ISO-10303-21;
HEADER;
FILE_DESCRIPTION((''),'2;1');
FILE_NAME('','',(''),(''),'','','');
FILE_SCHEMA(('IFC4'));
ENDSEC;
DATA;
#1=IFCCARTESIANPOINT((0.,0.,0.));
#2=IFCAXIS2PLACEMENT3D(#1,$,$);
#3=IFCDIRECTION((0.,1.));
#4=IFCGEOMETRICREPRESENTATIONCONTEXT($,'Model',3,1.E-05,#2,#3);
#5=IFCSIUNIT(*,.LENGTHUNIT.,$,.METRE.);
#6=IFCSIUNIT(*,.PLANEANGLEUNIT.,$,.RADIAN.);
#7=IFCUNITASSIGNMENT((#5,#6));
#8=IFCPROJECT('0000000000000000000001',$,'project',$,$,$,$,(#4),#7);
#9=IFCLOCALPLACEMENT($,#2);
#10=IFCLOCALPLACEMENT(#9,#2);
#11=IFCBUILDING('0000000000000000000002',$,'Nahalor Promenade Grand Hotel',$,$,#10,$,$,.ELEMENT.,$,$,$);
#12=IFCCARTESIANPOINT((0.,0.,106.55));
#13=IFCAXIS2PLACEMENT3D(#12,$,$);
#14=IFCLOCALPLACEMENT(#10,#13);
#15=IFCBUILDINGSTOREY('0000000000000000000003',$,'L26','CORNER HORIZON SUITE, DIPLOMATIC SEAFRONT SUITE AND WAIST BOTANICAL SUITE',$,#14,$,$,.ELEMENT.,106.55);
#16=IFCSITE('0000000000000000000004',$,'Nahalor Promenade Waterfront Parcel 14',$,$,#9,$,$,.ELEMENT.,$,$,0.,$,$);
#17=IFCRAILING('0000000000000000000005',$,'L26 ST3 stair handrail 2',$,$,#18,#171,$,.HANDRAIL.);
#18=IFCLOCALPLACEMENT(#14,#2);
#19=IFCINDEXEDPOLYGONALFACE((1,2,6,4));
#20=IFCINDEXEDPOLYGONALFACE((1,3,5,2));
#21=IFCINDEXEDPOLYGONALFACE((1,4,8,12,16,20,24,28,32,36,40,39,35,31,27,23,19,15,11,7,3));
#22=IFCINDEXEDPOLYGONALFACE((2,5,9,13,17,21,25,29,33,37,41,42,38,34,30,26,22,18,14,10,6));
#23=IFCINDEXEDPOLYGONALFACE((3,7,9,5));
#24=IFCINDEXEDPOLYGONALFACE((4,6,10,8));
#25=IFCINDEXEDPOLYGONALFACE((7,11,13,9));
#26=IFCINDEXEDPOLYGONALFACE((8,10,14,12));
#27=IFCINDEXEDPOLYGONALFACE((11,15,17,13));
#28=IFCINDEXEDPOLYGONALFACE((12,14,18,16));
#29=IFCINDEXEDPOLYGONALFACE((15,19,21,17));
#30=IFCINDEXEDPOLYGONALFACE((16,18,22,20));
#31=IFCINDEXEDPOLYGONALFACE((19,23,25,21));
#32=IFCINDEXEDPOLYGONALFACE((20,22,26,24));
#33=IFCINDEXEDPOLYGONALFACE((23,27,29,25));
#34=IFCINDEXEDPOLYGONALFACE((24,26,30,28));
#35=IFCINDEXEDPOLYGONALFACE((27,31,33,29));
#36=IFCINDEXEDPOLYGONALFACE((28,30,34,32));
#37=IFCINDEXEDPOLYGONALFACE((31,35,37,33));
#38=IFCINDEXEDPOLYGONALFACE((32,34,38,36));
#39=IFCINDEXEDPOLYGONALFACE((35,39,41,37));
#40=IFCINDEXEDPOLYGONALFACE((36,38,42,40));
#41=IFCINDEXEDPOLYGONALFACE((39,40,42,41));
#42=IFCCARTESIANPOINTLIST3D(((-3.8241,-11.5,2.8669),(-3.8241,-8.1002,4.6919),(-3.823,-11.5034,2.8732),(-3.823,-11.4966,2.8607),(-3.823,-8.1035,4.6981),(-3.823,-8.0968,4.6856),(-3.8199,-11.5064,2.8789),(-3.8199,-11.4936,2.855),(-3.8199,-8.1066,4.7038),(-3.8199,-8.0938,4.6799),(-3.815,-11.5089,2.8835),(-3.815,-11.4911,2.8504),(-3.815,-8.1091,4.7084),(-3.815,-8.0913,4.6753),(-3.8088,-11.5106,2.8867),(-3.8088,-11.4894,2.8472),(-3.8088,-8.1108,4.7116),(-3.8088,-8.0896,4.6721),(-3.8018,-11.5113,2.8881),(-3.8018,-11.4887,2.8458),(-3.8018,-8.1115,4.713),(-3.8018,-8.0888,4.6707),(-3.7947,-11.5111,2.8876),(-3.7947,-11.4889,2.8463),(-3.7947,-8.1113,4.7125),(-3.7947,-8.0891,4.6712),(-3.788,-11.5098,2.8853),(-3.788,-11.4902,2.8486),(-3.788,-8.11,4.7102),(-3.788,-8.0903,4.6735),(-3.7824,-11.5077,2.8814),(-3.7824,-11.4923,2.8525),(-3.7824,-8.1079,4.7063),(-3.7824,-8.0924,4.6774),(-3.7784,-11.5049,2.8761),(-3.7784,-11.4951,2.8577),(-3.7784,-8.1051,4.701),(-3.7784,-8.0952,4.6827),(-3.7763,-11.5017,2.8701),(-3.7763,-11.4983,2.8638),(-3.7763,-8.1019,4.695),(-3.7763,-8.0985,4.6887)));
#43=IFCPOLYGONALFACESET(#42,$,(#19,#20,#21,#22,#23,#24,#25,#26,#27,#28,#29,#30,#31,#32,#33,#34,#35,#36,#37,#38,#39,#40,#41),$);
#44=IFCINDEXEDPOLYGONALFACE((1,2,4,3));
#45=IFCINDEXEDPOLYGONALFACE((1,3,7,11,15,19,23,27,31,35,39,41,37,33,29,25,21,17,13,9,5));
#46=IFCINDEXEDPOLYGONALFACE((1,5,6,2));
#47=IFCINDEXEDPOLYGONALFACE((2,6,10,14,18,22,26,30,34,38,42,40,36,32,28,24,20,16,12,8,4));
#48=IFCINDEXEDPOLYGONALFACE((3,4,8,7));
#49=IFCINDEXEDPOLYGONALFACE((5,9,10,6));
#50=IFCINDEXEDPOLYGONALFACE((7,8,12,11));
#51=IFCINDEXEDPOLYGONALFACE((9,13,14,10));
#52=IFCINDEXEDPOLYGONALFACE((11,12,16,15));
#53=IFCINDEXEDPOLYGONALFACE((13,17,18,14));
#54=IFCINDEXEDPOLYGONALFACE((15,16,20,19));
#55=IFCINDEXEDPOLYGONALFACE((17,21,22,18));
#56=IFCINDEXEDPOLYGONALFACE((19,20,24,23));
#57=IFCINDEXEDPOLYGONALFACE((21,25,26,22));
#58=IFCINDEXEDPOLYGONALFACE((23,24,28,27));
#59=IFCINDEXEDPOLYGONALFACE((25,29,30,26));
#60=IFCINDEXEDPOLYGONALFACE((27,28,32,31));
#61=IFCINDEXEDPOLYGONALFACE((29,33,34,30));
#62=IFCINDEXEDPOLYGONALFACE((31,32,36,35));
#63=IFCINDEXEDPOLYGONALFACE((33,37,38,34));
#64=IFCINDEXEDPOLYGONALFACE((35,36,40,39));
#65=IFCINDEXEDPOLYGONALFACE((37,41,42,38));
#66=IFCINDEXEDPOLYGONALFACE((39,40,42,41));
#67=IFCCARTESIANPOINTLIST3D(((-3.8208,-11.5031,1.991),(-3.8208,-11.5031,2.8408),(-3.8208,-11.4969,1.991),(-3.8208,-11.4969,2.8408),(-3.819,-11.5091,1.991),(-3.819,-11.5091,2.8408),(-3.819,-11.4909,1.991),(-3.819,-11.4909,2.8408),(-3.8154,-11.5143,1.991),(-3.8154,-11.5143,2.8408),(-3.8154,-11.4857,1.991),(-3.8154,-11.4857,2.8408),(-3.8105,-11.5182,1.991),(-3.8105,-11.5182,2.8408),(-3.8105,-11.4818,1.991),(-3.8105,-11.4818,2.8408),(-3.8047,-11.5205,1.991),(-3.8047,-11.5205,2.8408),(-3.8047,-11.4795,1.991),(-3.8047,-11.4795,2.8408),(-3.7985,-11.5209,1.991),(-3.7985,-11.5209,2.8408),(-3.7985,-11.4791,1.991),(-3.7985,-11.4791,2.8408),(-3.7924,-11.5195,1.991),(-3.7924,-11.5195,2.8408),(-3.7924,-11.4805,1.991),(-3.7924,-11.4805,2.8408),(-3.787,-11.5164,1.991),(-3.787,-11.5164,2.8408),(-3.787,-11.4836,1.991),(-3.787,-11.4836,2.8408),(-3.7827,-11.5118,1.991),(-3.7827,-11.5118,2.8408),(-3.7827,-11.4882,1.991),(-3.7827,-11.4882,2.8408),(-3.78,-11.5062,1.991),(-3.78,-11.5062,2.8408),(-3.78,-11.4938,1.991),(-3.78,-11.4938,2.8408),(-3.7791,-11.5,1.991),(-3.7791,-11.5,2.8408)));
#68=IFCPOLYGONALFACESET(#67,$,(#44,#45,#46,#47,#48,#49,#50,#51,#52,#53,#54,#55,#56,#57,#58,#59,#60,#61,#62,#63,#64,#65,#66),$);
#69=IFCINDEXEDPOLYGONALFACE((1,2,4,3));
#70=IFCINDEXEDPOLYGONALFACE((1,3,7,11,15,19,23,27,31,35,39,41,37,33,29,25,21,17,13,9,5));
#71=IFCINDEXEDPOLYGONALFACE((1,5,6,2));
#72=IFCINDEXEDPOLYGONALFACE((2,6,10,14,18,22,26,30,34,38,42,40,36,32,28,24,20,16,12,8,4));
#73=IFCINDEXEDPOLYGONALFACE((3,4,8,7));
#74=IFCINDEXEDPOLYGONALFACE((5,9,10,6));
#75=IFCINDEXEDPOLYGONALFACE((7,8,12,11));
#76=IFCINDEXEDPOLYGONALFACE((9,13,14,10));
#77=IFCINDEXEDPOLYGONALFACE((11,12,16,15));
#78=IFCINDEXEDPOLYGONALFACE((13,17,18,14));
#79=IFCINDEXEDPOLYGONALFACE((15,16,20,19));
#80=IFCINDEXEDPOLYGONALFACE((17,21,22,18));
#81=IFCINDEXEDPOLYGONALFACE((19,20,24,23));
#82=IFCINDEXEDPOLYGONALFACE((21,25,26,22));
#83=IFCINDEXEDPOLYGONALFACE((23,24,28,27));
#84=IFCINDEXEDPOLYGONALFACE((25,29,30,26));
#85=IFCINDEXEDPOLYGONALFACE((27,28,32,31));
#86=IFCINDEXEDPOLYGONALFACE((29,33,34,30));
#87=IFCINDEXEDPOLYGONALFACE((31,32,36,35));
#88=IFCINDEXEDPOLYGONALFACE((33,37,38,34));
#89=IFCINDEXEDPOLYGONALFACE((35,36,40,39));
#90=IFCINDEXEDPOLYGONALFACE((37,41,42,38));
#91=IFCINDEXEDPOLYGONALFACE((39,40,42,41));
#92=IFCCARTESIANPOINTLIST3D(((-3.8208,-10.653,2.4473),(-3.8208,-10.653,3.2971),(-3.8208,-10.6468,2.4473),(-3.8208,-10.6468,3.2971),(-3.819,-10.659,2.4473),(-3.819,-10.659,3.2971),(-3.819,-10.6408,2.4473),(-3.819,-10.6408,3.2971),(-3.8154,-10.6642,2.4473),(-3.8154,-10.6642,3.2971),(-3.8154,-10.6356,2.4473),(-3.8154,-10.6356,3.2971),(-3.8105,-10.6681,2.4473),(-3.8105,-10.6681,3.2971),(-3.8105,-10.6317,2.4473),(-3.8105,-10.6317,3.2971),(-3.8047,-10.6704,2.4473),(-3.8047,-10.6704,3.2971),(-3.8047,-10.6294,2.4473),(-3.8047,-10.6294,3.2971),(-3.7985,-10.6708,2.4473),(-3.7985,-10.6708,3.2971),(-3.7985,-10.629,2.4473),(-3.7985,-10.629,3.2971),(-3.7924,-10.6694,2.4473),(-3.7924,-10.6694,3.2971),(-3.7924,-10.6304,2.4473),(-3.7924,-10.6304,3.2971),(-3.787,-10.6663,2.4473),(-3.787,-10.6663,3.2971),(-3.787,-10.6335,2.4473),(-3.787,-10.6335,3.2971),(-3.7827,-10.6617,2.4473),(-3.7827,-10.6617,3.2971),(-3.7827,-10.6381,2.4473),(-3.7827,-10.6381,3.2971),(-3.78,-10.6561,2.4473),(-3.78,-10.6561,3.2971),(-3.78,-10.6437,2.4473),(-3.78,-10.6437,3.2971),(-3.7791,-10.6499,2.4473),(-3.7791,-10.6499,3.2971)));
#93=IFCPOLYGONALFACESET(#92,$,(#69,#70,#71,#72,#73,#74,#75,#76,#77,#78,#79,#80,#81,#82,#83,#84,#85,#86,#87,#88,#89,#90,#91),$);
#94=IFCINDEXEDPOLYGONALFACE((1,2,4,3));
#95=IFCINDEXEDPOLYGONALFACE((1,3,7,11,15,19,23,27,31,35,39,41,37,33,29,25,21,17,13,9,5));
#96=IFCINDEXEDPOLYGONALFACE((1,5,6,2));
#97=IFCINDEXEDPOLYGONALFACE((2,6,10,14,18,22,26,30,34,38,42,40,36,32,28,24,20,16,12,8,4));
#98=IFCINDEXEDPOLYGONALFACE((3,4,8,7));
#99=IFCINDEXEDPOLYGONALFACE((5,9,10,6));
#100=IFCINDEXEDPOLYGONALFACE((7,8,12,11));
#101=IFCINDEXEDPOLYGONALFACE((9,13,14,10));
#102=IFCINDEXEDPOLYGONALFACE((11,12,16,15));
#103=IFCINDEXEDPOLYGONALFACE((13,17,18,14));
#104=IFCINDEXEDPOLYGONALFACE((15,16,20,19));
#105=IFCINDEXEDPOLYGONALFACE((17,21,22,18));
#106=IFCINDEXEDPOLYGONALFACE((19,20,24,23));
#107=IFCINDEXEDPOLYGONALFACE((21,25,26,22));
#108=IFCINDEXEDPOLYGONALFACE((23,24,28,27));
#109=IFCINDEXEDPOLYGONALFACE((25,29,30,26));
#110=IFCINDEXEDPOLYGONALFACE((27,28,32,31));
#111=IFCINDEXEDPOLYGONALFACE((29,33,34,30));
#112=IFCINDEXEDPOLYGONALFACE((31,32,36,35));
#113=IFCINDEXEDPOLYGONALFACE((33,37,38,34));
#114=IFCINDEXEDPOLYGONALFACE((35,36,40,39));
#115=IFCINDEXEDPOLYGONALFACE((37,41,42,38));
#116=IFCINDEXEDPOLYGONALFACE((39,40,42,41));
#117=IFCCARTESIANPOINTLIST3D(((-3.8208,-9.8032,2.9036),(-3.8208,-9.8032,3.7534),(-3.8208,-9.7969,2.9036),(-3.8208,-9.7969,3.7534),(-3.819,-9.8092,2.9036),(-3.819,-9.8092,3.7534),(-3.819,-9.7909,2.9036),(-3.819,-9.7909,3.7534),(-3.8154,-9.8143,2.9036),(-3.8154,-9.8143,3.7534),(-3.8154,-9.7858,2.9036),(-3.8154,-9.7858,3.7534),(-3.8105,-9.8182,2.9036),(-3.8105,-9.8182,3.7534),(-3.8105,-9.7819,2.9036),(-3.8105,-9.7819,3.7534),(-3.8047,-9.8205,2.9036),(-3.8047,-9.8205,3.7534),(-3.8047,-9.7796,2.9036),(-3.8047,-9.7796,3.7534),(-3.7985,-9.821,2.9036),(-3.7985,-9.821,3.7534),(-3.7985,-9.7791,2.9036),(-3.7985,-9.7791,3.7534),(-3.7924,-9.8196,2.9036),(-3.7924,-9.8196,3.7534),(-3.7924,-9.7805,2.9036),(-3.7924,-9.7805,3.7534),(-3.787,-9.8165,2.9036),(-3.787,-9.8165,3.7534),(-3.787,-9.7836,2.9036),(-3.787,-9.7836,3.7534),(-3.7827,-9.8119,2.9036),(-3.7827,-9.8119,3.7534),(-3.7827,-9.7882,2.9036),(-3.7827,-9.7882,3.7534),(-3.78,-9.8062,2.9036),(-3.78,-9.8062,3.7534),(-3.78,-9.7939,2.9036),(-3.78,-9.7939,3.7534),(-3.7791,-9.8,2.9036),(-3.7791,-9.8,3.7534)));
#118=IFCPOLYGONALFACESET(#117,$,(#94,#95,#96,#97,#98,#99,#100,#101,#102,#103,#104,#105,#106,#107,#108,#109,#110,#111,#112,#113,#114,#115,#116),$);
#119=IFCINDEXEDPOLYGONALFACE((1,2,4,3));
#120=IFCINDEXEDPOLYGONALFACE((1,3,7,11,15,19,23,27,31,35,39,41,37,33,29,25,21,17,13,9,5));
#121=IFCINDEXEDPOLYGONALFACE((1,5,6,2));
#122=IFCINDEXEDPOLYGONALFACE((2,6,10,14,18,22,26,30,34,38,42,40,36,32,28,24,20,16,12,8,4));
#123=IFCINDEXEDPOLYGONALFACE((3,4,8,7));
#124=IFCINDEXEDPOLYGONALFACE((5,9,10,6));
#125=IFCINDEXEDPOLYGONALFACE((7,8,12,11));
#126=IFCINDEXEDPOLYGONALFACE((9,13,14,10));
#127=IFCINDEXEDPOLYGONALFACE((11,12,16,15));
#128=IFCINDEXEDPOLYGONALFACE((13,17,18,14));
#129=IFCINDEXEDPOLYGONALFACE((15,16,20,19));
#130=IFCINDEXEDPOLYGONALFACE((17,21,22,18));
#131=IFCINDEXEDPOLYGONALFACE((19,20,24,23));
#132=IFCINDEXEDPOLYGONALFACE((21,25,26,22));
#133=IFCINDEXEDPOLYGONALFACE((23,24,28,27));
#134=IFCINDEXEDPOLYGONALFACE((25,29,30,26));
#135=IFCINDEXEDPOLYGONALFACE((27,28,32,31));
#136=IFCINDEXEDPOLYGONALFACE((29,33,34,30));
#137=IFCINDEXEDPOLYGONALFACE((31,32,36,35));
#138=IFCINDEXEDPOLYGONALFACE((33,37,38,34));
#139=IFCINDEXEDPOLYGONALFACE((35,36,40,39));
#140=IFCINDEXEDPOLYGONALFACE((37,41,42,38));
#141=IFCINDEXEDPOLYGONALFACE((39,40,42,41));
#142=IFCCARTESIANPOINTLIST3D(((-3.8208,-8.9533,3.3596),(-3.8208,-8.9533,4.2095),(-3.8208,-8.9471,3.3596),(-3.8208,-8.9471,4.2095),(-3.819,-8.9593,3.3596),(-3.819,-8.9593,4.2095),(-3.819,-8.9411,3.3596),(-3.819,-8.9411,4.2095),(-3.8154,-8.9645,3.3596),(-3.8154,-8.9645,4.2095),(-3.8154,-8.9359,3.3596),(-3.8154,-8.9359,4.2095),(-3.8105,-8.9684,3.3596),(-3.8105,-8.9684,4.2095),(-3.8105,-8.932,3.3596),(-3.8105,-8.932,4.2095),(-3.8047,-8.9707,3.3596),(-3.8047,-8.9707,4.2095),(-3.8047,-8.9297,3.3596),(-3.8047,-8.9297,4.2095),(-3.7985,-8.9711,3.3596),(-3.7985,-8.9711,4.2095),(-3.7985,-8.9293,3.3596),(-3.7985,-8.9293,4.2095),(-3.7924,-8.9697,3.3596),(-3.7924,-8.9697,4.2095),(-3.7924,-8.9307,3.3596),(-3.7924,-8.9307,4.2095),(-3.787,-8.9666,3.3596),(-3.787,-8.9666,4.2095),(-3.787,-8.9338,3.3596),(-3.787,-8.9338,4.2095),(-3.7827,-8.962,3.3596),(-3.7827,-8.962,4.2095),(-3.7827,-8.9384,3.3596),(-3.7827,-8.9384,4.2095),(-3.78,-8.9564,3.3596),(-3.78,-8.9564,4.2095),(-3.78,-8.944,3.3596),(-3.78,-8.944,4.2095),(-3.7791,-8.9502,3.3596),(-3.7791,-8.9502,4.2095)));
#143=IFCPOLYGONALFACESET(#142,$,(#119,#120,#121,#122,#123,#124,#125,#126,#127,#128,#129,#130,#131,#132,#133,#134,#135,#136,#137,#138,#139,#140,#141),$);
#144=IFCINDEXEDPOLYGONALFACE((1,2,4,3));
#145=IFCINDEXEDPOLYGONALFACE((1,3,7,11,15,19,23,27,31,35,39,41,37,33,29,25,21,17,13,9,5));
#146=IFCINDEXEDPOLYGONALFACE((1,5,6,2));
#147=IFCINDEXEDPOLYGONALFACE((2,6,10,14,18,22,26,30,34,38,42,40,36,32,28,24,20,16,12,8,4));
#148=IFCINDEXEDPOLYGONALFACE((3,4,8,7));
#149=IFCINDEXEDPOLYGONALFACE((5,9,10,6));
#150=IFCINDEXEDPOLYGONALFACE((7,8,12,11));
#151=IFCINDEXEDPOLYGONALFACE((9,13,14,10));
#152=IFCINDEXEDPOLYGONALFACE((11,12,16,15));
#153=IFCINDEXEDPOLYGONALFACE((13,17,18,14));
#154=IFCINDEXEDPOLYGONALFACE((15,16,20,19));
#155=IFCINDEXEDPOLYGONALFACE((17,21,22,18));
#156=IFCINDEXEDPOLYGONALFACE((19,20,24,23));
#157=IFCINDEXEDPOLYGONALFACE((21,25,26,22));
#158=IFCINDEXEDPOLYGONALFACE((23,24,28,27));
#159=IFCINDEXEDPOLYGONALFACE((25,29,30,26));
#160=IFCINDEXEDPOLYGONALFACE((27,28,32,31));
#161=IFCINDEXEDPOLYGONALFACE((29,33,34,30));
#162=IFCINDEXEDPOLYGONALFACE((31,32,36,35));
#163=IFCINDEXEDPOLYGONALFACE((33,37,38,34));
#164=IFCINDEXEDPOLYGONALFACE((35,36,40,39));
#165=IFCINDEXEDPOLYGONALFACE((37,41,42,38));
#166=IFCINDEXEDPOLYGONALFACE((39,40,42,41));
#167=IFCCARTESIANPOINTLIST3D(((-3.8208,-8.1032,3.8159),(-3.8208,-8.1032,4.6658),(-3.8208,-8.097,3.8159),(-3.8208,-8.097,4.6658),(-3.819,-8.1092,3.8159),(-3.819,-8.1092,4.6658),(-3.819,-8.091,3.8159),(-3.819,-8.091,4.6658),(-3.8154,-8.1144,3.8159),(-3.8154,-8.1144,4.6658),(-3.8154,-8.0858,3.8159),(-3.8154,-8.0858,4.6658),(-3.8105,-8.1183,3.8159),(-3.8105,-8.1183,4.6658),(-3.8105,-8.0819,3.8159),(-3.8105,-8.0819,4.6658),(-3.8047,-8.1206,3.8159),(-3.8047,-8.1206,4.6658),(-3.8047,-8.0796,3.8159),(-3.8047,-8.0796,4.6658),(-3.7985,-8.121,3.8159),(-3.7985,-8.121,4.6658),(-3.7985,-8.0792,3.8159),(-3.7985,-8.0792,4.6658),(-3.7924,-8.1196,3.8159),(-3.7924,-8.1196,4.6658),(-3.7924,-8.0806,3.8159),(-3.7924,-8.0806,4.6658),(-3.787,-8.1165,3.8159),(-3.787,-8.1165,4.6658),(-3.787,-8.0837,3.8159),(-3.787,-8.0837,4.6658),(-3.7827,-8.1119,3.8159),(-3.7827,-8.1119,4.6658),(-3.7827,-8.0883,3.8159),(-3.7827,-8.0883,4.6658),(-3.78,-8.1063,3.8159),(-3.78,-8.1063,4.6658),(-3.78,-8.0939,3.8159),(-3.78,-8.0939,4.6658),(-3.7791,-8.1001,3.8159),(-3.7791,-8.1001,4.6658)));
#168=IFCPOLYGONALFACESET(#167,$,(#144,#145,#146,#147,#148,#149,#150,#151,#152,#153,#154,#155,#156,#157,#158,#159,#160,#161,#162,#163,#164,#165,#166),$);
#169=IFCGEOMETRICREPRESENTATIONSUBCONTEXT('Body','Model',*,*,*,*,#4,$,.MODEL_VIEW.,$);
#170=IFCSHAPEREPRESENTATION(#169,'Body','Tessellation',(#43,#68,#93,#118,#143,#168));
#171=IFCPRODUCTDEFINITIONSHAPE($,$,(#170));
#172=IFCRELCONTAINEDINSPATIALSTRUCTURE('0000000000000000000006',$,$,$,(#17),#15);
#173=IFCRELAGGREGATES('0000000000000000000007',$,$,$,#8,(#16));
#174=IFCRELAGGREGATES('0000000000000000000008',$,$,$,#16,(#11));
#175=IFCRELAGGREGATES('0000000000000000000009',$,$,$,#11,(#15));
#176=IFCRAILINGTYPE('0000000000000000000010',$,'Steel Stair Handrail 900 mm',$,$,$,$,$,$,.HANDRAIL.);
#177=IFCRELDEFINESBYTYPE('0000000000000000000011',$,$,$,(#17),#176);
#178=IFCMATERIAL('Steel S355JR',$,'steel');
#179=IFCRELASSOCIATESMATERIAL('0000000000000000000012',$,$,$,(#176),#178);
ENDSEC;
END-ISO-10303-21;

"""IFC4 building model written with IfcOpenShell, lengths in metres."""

from ifc_helpers import new_model, si_unit, direction, frame, origin, origin_2d, place, context, subcontext, project, spatial, circle, extrude, material, type_object, element, save


model = new_model("IFC4")

# Units and contexts
model_context = context("Model", 3, precision=1e-05, world=origin(), true_north=direction((0.0, 1.0)))
body_context = subcontext(model_context, "Body", "Model", "MODEL_VIEW")
ifc_project = project(units=[si_unit("LENGTHUNIT", "METRE"), si_unit("PLANEANGLEUNIT", "RADIAN")], contexts=[model_context])

# Site, building, storey
site_placement = place(None, origin())
site = spatial("IfcSite", under=ifc_project, at=site_placement, Name="Nahalor Promenade Waterfront Parcel 14", CompositionType="ELEMENT", RefElevation=0.0)
building_placement = place(site_placement, origin())
building = spatial("IfcBuilding", under=site, at=building_placement, Name="Nahalor Promenade Grand Hotel", CompositionType="ELEMENT")
storey_placement = place(building_placement, frame((0.0, 0.0, 106.55)))
storey = spatial("IfcBuildingStorey", under=building, at=storey_placement, Name="L26", Description="CORNER HORIZON SUITE, DIPLOMATIC SEAFRONT SUITE AND WAIST BOTANICAL SUITE", CompositionType="ELEMENT", Elevation=106.55)

# Shared definitions
ifc_material_1 = material(Name="Steel S355JR", Category="steel")

# Railing
railing_type_1 = type_object("IfcRailingType", Name="Steel Stair Handrail 900 mm", PredefinedType="HANDRAIL", material=ifc_material_1)
railing_1_placement = place(storey_placement, frame((-3.8, -11.5, 1.991)))
element("IfcRailing", 1, at=railing_1_placement, inside=storey, type_object=railing_type_1, Name="L26 ST3 stair handrail 2", PredefinedType="HANDRAIL", context=body_context, shape_type="SweptSolid", body=[
    extrude(circle(Radius=0.024, at=origin_2d()), frame((0.0, 0.0, 0.876), z_axis=(0.0, 0.881094, 0.472941), x_axis=(-1.0, 0.0, 0.0)), (0.0, 0.0, 1.0), 3.8586),
    extrude(circle(Radius=0.021, at=origin_2d()), origin(), (0.0, 0.0, 1.0), 0.8499),
    extrude(circle(Radius=0.021, at=origin_2d()), frame((0.0, 0.8501, 0.4563)), (0.0, 0.0, 1.0), 0.8499),
    extrude(circle(Radius=0.021, at=origin_2d()), frame((0.0, 1.7, 0.9126)), (0.0, 0.0, 1.0), 0.8499),
    extrude(circle(Radius=0.021, at=origin_2d()), frame((0.0, 2.5498, 1.3687)), (0.0, 0.0, 1.0), 0.8499),
    extrude(circle(Radius=0.021, at=origin_2d()), frame((0.0, 3.3999, 1.825)), (0.0, 0.0, 1.0), 0.8499),
])

save(model, "model.ifc")
